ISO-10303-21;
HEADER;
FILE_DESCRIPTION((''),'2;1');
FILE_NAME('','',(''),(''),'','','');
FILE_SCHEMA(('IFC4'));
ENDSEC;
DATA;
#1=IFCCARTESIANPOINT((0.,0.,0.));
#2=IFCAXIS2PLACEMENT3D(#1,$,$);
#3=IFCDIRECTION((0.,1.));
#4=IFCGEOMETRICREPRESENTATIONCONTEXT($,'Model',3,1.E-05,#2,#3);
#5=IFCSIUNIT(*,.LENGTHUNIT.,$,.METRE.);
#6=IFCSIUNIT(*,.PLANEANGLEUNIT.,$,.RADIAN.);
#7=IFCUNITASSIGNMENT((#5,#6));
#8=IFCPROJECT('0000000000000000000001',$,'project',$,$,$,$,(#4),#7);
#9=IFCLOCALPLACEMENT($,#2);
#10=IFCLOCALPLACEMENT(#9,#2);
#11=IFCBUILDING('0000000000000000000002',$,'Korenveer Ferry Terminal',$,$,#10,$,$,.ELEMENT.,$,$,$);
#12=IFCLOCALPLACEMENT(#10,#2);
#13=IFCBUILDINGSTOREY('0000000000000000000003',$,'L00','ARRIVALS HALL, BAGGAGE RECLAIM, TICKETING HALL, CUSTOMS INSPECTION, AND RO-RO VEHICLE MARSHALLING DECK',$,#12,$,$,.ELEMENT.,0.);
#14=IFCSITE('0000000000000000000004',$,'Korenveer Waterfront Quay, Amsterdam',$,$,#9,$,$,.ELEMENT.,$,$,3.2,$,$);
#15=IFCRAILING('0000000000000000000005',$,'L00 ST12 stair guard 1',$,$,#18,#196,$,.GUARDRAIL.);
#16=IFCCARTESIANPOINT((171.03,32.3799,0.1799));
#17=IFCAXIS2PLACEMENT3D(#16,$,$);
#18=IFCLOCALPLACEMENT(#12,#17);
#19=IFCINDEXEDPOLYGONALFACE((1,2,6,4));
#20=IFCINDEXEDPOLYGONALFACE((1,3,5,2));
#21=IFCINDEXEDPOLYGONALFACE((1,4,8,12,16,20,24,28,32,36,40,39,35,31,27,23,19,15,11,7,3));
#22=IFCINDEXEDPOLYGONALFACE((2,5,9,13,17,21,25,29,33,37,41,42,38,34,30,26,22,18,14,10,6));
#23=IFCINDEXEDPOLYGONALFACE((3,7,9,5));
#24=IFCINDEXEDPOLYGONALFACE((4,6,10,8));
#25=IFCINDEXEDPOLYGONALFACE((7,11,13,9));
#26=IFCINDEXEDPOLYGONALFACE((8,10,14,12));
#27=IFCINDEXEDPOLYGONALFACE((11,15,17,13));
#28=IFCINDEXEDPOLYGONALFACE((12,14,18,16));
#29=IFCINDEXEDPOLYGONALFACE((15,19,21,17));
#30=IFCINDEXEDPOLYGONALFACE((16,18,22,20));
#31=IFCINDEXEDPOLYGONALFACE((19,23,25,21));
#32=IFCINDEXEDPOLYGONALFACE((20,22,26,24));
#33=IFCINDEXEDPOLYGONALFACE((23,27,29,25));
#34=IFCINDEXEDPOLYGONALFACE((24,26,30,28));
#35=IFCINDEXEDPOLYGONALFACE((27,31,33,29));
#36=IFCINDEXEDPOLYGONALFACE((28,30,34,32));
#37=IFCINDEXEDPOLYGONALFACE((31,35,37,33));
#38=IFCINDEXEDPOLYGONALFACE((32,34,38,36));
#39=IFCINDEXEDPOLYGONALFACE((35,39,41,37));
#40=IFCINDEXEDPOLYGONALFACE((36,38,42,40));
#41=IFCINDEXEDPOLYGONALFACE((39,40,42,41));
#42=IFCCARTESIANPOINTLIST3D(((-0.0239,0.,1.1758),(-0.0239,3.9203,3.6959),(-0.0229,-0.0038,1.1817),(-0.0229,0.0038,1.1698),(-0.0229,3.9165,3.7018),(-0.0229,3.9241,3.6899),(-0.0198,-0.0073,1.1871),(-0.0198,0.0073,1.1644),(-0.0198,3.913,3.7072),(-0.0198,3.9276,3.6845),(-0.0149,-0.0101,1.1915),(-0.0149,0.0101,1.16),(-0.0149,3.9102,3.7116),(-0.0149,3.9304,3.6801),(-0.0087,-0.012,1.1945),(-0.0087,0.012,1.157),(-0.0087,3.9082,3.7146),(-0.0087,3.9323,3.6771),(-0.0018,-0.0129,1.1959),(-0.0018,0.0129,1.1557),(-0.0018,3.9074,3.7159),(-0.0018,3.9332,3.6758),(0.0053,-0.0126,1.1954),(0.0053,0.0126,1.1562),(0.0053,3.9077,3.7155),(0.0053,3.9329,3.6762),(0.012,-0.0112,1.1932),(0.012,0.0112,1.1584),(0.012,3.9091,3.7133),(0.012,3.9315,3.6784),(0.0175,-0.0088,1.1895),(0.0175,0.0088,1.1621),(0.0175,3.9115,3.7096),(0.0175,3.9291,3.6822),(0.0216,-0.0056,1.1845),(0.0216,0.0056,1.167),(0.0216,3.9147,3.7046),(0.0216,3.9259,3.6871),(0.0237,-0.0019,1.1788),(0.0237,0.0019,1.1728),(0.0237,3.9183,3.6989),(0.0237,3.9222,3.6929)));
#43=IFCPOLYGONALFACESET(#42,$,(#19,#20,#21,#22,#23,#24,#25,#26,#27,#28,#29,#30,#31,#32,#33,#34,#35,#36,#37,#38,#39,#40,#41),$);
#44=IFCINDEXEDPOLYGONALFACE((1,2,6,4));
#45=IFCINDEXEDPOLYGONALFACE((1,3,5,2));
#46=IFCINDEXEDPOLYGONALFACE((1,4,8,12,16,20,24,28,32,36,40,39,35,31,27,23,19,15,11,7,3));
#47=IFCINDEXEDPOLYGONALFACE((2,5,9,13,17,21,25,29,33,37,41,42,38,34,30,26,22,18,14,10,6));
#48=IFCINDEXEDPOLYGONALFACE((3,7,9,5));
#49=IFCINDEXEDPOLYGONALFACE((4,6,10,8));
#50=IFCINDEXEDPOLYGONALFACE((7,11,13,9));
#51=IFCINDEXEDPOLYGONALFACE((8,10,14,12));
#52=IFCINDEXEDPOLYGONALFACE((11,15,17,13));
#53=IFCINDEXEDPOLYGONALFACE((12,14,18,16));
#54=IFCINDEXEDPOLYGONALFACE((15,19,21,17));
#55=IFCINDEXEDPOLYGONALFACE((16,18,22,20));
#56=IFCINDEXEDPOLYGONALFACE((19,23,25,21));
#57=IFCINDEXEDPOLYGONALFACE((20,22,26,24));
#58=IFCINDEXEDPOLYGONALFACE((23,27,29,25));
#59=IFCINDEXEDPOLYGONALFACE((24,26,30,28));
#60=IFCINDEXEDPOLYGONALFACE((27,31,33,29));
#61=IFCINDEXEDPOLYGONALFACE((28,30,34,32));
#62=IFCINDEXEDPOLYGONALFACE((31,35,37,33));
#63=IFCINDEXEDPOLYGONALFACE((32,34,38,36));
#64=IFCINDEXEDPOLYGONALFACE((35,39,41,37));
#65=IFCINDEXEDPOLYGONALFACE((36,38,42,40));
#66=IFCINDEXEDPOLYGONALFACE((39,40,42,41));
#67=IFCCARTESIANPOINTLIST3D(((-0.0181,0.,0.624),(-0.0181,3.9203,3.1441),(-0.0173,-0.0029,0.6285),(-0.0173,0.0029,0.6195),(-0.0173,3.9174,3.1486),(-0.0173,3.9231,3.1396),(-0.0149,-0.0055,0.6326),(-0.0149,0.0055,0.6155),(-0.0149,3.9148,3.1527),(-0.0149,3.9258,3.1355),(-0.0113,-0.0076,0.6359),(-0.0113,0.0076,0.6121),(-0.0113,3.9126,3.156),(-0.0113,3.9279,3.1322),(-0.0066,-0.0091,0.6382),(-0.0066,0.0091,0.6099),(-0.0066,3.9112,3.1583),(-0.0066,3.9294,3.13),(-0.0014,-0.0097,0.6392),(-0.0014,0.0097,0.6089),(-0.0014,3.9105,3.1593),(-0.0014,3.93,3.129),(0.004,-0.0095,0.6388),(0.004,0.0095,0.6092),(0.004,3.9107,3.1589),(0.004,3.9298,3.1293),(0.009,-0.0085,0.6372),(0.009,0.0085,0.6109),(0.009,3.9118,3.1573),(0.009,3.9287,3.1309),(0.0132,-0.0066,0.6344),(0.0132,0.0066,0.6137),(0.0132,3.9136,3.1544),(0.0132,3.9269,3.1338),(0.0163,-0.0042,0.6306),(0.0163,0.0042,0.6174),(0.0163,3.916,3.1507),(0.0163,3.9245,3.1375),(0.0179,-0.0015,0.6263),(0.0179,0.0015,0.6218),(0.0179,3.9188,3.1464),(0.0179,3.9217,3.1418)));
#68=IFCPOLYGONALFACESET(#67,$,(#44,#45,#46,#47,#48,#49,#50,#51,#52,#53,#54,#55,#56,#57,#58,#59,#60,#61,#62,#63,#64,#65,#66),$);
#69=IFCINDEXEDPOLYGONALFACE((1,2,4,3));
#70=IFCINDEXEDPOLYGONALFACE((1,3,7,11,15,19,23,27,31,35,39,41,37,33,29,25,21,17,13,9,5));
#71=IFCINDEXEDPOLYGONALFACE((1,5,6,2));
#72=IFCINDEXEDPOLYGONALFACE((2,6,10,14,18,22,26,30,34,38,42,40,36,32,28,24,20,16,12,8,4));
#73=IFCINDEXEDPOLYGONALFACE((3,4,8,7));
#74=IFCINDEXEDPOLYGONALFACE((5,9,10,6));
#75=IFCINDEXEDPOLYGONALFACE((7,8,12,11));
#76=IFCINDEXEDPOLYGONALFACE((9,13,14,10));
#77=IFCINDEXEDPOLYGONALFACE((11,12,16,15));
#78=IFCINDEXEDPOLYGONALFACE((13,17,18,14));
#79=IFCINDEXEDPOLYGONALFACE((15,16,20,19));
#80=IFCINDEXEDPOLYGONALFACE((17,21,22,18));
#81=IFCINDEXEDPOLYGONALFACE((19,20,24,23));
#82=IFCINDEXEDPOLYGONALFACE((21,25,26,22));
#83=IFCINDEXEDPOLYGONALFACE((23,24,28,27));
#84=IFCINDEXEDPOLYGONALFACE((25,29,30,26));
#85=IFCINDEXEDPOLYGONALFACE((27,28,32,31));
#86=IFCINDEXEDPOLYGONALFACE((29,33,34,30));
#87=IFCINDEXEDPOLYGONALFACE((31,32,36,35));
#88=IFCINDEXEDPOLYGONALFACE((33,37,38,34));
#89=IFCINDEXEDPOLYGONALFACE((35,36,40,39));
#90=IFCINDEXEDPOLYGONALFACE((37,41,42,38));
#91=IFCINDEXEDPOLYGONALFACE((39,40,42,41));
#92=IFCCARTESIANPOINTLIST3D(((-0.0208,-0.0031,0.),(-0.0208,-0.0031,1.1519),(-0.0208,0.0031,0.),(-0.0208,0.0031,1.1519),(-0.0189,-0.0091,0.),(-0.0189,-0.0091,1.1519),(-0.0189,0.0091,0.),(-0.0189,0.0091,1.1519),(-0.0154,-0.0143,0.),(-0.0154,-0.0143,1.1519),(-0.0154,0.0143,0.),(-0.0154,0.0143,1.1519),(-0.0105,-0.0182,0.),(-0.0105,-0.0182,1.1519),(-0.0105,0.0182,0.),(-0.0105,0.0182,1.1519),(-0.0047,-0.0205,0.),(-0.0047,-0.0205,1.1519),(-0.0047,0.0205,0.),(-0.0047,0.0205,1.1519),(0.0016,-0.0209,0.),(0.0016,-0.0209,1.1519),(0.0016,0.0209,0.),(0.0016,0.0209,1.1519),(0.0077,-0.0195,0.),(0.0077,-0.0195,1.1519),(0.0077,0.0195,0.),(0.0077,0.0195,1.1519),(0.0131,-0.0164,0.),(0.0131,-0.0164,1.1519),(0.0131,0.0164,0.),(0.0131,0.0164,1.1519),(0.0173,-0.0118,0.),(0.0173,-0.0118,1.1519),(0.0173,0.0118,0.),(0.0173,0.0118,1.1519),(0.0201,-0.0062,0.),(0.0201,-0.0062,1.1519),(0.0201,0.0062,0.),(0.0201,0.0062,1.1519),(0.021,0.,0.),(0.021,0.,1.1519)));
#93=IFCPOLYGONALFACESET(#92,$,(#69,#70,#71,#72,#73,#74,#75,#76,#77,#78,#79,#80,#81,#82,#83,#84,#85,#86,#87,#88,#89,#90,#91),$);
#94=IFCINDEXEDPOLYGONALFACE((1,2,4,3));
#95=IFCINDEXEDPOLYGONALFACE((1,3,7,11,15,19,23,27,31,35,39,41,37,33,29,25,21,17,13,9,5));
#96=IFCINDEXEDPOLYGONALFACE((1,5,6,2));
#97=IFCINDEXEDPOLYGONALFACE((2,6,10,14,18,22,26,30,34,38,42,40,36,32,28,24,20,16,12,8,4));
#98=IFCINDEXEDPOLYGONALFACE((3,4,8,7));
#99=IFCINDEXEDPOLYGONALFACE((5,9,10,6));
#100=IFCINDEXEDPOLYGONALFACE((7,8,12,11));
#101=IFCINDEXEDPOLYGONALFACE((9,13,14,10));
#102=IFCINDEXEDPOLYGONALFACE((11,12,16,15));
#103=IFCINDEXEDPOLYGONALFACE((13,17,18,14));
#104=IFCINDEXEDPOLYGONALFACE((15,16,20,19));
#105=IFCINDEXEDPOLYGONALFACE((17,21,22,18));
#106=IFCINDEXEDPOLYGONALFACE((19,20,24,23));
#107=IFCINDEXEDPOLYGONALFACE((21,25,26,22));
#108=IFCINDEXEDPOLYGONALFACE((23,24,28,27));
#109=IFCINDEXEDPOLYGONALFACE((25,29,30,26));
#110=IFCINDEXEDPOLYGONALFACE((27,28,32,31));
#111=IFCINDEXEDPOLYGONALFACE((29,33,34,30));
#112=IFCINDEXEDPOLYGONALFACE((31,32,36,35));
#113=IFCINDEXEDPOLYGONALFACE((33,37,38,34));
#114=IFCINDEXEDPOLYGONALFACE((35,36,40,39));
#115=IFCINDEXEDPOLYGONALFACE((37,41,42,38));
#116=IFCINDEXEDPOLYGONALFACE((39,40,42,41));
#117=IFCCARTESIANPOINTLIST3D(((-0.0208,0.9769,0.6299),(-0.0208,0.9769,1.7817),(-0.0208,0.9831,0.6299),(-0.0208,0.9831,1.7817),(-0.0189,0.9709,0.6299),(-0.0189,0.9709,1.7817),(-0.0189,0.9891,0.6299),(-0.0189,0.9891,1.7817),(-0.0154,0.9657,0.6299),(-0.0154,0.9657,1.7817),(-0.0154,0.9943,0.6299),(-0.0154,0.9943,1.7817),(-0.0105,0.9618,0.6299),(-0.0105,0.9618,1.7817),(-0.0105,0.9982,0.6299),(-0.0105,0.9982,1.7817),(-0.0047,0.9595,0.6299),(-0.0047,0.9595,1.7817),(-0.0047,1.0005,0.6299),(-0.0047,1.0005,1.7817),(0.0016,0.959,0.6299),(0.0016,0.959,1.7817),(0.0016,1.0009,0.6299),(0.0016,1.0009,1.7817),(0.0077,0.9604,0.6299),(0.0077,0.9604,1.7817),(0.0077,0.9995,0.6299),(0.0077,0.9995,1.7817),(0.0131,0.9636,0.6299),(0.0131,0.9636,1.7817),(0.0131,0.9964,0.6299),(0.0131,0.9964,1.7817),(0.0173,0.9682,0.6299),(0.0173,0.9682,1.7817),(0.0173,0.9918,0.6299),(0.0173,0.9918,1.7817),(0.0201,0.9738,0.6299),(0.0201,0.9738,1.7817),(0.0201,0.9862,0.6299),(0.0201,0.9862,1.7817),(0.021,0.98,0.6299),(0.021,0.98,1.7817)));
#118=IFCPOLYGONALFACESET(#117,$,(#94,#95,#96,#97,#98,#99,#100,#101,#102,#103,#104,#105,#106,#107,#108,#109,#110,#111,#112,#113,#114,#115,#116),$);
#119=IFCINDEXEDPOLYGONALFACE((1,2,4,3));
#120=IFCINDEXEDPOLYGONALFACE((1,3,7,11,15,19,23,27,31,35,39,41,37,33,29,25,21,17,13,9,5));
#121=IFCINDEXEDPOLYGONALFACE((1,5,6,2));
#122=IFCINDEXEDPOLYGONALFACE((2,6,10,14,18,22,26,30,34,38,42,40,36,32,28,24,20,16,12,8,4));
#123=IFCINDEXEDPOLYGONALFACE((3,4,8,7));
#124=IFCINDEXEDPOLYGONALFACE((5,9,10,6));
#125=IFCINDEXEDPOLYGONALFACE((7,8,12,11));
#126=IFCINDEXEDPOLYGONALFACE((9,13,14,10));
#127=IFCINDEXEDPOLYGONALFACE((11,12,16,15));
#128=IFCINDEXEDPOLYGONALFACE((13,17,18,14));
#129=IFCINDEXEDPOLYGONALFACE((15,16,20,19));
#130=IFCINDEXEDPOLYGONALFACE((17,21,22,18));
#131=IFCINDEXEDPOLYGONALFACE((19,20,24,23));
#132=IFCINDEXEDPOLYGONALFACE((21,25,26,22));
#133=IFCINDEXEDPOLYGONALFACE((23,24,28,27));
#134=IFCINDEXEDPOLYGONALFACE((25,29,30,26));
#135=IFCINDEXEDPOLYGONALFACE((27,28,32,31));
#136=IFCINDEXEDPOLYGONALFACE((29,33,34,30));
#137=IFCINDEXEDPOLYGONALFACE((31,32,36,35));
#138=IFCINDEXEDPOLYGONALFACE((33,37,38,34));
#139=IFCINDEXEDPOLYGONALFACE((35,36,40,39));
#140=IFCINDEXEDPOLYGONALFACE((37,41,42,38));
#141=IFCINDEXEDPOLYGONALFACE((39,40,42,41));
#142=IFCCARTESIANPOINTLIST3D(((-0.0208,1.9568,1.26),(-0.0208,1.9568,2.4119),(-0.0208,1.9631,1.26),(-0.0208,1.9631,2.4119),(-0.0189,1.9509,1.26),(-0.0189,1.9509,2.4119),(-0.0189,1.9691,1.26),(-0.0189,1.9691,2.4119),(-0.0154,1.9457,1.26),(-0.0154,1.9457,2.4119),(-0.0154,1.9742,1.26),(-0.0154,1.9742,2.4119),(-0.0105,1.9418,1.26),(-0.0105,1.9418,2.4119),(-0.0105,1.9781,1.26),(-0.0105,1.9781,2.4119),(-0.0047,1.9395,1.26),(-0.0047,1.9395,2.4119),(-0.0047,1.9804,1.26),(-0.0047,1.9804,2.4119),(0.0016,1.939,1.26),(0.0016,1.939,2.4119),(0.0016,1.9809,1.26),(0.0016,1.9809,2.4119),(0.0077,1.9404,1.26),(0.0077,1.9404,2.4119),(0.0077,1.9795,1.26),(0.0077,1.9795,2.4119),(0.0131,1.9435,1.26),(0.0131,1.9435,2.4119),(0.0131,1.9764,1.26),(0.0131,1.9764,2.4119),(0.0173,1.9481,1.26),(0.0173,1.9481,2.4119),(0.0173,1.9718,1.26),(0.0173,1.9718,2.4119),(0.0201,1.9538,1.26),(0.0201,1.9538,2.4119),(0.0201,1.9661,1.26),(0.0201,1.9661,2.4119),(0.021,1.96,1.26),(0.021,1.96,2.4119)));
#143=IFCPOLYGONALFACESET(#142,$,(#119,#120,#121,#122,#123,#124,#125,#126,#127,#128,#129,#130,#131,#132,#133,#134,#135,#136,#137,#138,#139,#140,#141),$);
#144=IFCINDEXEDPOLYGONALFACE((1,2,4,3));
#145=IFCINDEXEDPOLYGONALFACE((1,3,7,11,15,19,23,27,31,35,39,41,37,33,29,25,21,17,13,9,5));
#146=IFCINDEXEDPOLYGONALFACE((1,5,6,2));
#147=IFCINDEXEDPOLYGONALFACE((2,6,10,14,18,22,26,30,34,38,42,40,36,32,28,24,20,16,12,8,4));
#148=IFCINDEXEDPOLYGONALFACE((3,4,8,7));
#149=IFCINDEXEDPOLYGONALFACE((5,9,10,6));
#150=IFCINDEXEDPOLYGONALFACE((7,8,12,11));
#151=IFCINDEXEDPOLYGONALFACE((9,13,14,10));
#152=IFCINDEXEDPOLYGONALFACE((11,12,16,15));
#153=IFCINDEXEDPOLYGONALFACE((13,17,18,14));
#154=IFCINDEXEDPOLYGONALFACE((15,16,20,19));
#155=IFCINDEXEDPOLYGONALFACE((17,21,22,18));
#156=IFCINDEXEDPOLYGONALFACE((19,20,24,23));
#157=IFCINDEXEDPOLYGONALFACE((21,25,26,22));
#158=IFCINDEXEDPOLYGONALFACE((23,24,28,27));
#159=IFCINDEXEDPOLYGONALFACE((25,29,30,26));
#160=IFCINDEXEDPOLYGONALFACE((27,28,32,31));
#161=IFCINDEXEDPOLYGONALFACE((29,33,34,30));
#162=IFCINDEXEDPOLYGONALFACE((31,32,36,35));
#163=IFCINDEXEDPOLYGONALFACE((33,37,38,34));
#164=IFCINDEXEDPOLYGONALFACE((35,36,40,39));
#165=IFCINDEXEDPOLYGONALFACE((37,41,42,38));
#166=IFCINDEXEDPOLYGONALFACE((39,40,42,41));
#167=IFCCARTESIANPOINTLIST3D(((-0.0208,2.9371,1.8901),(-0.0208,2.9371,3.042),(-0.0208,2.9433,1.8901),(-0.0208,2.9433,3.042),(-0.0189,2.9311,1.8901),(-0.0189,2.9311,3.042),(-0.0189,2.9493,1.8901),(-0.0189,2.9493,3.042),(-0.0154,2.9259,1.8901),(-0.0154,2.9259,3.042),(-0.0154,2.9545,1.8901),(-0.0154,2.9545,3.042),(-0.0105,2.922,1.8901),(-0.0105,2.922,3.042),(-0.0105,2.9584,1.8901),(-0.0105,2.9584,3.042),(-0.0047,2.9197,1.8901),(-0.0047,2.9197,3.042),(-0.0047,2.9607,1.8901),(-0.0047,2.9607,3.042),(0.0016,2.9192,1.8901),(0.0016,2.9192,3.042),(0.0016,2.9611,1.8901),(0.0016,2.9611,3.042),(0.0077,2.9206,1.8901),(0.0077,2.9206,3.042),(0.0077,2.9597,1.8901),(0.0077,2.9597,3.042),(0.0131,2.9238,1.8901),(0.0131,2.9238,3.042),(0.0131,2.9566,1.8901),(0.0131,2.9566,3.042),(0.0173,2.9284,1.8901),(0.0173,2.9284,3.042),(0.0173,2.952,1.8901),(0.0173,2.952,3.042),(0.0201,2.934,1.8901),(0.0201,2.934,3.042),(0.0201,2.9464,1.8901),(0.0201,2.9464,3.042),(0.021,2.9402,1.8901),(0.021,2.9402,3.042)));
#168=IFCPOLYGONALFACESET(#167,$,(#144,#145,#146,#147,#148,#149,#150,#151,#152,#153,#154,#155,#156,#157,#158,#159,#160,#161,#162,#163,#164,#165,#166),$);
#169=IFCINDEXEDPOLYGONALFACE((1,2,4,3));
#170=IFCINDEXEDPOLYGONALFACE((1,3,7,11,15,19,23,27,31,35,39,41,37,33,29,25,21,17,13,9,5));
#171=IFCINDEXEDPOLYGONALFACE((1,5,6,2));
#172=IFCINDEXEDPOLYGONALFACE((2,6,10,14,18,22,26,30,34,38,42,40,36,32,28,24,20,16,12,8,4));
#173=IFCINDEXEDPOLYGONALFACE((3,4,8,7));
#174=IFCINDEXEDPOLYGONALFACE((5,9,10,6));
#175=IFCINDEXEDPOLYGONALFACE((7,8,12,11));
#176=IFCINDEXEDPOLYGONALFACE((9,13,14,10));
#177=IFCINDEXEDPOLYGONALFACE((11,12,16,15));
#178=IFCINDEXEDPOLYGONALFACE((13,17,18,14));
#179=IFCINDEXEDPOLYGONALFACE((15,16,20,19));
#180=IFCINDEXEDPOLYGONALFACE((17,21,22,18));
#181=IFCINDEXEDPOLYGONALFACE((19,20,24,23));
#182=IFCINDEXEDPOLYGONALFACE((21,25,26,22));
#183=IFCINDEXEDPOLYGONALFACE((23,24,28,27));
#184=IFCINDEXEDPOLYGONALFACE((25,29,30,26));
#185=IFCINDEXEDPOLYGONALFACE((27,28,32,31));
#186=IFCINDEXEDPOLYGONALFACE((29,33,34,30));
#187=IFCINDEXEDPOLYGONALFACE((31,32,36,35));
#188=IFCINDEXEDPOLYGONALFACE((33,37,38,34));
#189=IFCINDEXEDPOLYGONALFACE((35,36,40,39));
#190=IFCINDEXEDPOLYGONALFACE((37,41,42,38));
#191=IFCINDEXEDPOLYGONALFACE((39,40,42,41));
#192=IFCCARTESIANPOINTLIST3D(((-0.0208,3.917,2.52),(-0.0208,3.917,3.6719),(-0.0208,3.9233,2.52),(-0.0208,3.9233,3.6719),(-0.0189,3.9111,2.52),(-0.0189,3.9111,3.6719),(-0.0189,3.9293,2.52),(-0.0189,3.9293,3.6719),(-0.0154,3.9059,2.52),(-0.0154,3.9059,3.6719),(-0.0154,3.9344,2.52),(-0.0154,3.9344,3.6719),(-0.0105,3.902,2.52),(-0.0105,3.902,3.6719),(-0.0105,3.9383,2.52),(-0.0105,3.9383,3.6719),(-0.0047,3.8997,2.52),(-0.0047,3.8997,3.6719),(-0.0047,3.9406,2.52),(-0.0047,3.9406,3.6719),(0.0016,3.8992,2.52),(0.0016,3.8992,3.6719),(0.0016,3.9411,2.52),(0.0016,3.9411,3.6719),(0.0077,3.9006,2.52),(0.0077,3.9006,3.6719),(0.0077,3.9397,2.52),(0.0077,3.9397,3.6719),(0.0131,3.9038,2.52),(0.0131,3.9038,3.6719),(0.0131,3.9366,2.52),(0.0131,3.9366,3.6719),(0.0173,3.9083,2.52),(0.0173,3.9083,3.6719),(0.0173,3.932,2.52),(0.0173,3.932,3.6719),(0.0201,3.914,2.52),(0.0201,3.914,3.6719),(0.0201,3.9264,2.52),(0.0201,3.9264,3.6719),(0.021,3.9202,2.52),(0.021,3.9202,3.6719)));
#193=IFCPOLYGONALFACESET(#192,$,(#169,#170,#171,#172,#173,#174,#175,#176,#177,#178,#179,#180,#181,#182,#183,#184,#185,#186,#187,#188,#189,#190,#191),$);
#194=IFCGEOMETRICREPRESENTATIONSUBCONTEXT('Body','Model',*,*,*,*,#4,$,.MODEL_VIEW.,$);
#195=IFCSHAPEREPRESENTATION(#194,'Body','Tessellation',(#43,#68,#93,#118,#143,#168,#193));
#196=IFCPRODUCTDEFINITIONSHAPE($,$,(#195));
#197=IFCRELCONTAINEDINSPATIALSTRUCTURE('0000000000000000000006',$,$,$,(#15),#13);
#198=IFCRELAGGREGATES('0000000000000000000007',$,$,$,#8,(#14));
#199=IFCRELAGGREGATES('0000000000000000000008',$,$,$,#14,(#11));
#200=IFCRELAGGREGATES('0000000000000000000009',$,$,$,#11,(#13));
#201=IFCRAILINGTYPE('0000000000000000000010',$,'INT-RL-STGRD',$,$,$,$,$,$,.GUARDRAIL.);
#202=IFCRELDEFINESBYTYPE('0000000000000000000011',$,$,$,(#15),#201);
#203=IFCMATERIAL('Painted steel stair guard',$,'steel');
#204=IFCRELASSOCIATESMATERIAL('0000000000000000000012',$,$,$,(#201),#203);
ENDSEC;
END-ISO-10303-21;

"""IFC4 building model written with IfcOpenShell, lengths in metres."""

from ifc_helpers import new_model, si_unit, direction, frame, origin, origin_2d, place, context, subcontext, project, spatial, circle, extrude, material, type_object, element, save


model = new_model("IFC4")

# Units and contexts
model_context = context("Model", 3, precision=1e-05, world=origin(), true_north=direction((0.0, 1.0)))
body_context = subcontext(model_context, "Body", "Model", "MODEL_VIEW")
ifc_project = project(units=[si_unit("LENGTHUNIT", "METRE"), si_unit("PLANEANGLEUNIT", "RADIAN")], contexts=[model_context])

# Site, building, storey
site_placement = place(None, origin())
site = spatial("IfcSite", under=ifc_project, at=site_placement, Name="Korenveer Waterfront Quay, Amsterdam", CompositionType="ELEMENT", RefElevation=3.2)
building_placement = place(site_placement, origin())
building = spatial("IfcBuilding", under=site, at=building_placement, Name="Korenveer Ferry Terminal", CompositionType="ELEMENT")
storey_placement = place(building_placement, origin())
storey = spatial("IfcBuildingStorey", under=building, at=storey_placement, Name="L00", Description="ARRIVALS HALL, BAGGAGE RECLAIM, TICKETING HALL, CUSTOMS INSPECTION, AND RO-RO VEHICLE MARSHALLING DECK", CompositionType="ELEMENT", Elevation=0.0)

# Railing
ifc_material_1 = material(Name="Painted steel stair guard", Category="steel")
railing_type_1 = type_object("IfcRailingType", Name="INT-RL-STGRD", PredefinedType="GUARDRAIL", material=ifc_material_1)
railing_1_placement = place(storey_placement, frame((171.03, 32.3799, 0.1799)))
element("IfcRailing", 1, at=railing_1_placement, inside=storey, type_object=railing_type_1, Name="L00 ST12 stair guard 1", PredefinedType="GUARDRAIL", context=body_context, shape_type="SweptSolid", body=[
    extrude(circle(Radius=0.0239, at=origin_2d()), frame((0.0, 0.0, 1.1758), z_axis=(0.0, 0.841187, 0.540744), x_axis=(-1.0, 0.0, 0.0)), (0.0, 0.0, 1.0), 4.6604),
    extrude(circle(Radius=0.0181, at=origin_2d()), frame((0.0, 0.0, 0.624), z_axis=(0.0, 0.841187, 0.540744), x_axis=(-1.0, 0.0, 0.0)), (0.0, 0.0, 1.0), 4.6604),
    extrude(circle(Radius=0.021, at=origin_2d()), origin(), (0.0, 0.0, 1.0), 1.1519),
    extrude(circle(Radius=0.021, at=origin_2d()), frame((0.0, 0.98, 0.6299)), (0.0, 0.0, 1.0), 1.1519),
    extrude(circle(Radius=0.021, at=origin_2d()), frame((0.0, 1.96, 1.26)), (0.0, 0.0, 1.0), 1.1519),
    extrude(circle(Radius=0.021, at=origin_2d()), frame((0.0, 2.9402, 1.8901)), (0.0, 0.0, 1.0), 1.1519),
    extrude(circle(Radius=0.021, at=origin_2d()), frame((0.0, 3.9202, 2.52)), (0.0, 0.0, 1.0), 1.1519),
])

save(model, "model.ifc")
